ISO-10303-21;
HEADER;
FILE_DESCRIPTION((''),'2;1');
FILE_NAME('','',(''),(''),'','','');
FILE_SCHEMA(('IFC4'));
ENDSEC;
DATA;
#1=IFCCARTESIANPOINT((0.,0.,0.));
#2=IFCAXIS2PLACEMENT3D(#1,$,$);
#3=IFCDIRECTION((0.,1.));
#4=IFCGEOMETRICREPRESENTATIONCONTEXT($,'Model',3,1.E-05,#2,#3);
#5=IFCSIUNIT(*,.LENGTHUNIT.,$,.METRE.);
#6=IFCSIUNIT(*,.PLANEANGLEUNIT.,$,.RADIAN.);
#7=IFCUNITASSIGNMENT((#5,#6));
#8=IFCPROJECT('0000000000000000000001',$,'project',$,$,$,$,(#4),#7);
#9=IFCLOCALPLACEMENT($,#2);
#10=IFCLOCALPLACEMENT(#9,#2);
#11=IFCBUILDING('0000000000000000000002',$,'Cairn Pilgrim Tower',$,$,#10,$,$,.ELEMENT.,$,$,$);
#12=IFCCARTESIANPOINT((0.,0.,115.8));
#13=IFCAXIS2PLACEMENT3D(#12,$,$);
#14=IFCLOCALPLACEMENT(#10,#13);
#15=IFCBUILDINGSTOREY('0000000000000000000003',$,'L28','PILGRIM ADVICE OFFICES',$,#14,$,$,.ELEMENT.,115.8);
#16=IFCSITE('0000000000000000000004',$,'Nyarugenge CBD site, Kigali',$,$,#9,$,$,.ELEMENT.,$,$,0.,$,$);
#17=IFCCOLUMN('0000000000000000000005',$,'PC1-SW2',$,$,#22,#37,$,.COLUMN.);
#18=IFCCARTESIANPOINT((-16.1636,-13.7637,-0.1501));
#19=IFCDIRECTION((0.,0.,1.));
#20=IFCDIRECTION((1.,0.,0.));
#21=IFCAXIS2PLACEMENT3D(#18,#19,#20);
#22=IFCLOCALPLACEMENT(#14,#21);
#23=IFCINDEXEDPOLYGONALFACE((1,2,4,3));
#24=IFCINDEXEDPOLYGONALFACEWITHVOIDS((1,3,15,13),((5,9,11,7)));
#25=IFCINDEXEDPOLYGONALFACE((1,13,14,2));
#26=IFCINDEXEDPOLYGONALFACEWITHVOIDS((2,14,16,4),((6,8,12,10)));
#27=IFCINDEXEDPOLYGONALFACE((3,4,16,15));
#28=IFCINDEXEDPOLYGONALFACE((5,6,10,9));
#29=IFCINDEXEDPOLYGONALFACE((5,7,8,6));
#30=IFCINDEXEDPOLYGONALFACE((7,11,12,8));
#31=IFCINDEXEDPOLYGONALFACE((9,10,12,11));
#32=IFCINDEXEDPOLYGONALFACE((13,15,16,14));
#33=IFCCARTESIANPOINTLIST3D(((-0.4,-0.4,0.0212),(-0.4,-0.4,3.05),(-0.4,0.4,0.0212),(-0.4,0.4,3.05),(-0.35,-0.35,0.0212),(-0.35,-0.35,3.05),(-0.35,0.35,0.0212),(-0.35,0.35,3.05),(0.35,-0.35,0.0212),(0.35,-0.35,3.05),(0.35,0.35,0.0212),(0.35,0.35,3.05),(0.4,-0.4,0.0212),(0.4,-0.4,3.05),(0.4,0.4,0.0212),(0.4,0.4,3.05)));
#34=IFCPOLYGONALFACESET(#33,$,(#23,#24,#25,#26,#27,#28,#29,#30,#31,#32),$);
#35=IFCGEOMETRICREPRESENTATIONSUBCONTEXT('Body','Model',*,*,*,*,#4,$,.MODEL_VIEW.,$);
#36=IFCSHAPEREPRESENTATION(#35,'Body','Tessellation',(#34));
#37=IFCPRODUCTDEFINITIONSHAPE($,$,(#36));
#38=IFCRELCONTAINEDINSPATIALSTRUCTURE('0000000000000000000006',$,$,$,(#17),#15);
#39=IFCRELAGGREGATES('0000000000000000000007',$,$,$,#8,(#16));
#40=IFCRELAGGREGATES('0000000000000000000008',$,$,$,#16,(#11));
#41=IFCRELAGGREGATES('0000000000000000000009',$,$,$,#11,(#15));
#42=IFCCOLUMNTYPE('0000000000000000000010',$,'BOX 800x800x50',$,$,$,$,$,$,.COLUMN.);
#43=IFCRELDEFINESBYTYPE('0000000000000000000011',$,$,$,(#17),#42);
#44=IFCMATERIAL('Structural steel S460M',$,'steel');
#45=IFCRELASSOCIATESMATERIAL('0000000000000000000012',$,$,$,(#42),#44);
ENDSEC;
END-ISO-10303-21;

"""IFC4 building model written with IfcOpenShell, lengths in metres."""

from ifc_helpers import new_model, si_unit, direction, frame, origin, origin_2d, place, context, subcontext, project, spatial, hollow_rectangle, extrude, clip, halfspace, material, material_profile, profile_set, type_object, element, save


model = new_model("IFC4")

# Units and contexts
model_context = context("Model", 3, precision=1e-05, world=origin(), true_north=direction((0.0, 1.0)))
body_context = subcontext(model_context, "Body", "Model", "MODEL_VIEW")
ifc_project = project(units=[si_unit("LENGTHUNIT", "METRE"), si_unit("PLANEANGLEUNIT", "RADIAN")], contexts=[model_context])

# Site, building, storey
site_placement = place(None, origin())
site = spatial("IfcSite", under=ifc_project, at=site_placement, Name="Nyarugenge CBD site, Kigali", CompositionType="ELEMENT", RefElevation=0.0)
building_placement = place(site_placement, origin())
building = spatial("IfcBuilding", under=site, at=building_placement, Name="Cairn Pilgrim Tower", CompositionType="ELEMENT")
storey_placement = place(building_placement, frame((0.0, 0.0, 115.8)))
storey = spatial("IfcBuildingStorey", under=building, at=storey_placement, Name="L28", Description="PILGRIM ADVICE OFFICES", CompositionType="ELEMENT", Elevation=115.8)

# Column
ifc_material_1 = material(Name="Structural steel S460M", Category="steel")
ifc_material_profile_1 = material_profile(ifc_material_1, hollow_rectangle(XDim=0.8, YDim=0.8, WallThickness=0.05, at=origin_2d()), Name="BOX 800x800x50")
ifc_profile_set_1 = profile_set([ifc_material_profile_1], Name="Structural steel S460M")
column_type = type_object("IfcColumnType", Name="BOX 800x800x50", PredefinedType="COLUMN", material=ifc_profile_set_1)
column_placement = place(storey_placement, frame((-16.1636, -13.7637, -0.1501), z_axis=(0.0, 0.0, 1.0), x_axis=(1.0, 0.0, 0.0)))
element("IfcColumn", 1, at=column_placement, inside=storey, type_object=column_type, Name="PC1-SW2", PredefinedType="COLUMN", context=body_context, shape_type="Clipping", body=[
    clip(clip(extrude(hollow_rectangle(XDim=0.8, YDim=0.8, WallThickness=0.05, at=origin_2d()), origin(), (0.0, 0.0, 1.0), 3.5), halfspace(frame((0.0, 0.0, 0.0212), z_axis=(0.0, 0.0, 1.0), x_axis=(1.0, 0.0, 0.0)), True)), halfspace(frame((0.0, 0.0, 3.05), z_axis=(0.0, 0.0, 1.0), x_axis=(1.0, 0.0, 0.0)), False)),
])

save(model, "model.ifc")
